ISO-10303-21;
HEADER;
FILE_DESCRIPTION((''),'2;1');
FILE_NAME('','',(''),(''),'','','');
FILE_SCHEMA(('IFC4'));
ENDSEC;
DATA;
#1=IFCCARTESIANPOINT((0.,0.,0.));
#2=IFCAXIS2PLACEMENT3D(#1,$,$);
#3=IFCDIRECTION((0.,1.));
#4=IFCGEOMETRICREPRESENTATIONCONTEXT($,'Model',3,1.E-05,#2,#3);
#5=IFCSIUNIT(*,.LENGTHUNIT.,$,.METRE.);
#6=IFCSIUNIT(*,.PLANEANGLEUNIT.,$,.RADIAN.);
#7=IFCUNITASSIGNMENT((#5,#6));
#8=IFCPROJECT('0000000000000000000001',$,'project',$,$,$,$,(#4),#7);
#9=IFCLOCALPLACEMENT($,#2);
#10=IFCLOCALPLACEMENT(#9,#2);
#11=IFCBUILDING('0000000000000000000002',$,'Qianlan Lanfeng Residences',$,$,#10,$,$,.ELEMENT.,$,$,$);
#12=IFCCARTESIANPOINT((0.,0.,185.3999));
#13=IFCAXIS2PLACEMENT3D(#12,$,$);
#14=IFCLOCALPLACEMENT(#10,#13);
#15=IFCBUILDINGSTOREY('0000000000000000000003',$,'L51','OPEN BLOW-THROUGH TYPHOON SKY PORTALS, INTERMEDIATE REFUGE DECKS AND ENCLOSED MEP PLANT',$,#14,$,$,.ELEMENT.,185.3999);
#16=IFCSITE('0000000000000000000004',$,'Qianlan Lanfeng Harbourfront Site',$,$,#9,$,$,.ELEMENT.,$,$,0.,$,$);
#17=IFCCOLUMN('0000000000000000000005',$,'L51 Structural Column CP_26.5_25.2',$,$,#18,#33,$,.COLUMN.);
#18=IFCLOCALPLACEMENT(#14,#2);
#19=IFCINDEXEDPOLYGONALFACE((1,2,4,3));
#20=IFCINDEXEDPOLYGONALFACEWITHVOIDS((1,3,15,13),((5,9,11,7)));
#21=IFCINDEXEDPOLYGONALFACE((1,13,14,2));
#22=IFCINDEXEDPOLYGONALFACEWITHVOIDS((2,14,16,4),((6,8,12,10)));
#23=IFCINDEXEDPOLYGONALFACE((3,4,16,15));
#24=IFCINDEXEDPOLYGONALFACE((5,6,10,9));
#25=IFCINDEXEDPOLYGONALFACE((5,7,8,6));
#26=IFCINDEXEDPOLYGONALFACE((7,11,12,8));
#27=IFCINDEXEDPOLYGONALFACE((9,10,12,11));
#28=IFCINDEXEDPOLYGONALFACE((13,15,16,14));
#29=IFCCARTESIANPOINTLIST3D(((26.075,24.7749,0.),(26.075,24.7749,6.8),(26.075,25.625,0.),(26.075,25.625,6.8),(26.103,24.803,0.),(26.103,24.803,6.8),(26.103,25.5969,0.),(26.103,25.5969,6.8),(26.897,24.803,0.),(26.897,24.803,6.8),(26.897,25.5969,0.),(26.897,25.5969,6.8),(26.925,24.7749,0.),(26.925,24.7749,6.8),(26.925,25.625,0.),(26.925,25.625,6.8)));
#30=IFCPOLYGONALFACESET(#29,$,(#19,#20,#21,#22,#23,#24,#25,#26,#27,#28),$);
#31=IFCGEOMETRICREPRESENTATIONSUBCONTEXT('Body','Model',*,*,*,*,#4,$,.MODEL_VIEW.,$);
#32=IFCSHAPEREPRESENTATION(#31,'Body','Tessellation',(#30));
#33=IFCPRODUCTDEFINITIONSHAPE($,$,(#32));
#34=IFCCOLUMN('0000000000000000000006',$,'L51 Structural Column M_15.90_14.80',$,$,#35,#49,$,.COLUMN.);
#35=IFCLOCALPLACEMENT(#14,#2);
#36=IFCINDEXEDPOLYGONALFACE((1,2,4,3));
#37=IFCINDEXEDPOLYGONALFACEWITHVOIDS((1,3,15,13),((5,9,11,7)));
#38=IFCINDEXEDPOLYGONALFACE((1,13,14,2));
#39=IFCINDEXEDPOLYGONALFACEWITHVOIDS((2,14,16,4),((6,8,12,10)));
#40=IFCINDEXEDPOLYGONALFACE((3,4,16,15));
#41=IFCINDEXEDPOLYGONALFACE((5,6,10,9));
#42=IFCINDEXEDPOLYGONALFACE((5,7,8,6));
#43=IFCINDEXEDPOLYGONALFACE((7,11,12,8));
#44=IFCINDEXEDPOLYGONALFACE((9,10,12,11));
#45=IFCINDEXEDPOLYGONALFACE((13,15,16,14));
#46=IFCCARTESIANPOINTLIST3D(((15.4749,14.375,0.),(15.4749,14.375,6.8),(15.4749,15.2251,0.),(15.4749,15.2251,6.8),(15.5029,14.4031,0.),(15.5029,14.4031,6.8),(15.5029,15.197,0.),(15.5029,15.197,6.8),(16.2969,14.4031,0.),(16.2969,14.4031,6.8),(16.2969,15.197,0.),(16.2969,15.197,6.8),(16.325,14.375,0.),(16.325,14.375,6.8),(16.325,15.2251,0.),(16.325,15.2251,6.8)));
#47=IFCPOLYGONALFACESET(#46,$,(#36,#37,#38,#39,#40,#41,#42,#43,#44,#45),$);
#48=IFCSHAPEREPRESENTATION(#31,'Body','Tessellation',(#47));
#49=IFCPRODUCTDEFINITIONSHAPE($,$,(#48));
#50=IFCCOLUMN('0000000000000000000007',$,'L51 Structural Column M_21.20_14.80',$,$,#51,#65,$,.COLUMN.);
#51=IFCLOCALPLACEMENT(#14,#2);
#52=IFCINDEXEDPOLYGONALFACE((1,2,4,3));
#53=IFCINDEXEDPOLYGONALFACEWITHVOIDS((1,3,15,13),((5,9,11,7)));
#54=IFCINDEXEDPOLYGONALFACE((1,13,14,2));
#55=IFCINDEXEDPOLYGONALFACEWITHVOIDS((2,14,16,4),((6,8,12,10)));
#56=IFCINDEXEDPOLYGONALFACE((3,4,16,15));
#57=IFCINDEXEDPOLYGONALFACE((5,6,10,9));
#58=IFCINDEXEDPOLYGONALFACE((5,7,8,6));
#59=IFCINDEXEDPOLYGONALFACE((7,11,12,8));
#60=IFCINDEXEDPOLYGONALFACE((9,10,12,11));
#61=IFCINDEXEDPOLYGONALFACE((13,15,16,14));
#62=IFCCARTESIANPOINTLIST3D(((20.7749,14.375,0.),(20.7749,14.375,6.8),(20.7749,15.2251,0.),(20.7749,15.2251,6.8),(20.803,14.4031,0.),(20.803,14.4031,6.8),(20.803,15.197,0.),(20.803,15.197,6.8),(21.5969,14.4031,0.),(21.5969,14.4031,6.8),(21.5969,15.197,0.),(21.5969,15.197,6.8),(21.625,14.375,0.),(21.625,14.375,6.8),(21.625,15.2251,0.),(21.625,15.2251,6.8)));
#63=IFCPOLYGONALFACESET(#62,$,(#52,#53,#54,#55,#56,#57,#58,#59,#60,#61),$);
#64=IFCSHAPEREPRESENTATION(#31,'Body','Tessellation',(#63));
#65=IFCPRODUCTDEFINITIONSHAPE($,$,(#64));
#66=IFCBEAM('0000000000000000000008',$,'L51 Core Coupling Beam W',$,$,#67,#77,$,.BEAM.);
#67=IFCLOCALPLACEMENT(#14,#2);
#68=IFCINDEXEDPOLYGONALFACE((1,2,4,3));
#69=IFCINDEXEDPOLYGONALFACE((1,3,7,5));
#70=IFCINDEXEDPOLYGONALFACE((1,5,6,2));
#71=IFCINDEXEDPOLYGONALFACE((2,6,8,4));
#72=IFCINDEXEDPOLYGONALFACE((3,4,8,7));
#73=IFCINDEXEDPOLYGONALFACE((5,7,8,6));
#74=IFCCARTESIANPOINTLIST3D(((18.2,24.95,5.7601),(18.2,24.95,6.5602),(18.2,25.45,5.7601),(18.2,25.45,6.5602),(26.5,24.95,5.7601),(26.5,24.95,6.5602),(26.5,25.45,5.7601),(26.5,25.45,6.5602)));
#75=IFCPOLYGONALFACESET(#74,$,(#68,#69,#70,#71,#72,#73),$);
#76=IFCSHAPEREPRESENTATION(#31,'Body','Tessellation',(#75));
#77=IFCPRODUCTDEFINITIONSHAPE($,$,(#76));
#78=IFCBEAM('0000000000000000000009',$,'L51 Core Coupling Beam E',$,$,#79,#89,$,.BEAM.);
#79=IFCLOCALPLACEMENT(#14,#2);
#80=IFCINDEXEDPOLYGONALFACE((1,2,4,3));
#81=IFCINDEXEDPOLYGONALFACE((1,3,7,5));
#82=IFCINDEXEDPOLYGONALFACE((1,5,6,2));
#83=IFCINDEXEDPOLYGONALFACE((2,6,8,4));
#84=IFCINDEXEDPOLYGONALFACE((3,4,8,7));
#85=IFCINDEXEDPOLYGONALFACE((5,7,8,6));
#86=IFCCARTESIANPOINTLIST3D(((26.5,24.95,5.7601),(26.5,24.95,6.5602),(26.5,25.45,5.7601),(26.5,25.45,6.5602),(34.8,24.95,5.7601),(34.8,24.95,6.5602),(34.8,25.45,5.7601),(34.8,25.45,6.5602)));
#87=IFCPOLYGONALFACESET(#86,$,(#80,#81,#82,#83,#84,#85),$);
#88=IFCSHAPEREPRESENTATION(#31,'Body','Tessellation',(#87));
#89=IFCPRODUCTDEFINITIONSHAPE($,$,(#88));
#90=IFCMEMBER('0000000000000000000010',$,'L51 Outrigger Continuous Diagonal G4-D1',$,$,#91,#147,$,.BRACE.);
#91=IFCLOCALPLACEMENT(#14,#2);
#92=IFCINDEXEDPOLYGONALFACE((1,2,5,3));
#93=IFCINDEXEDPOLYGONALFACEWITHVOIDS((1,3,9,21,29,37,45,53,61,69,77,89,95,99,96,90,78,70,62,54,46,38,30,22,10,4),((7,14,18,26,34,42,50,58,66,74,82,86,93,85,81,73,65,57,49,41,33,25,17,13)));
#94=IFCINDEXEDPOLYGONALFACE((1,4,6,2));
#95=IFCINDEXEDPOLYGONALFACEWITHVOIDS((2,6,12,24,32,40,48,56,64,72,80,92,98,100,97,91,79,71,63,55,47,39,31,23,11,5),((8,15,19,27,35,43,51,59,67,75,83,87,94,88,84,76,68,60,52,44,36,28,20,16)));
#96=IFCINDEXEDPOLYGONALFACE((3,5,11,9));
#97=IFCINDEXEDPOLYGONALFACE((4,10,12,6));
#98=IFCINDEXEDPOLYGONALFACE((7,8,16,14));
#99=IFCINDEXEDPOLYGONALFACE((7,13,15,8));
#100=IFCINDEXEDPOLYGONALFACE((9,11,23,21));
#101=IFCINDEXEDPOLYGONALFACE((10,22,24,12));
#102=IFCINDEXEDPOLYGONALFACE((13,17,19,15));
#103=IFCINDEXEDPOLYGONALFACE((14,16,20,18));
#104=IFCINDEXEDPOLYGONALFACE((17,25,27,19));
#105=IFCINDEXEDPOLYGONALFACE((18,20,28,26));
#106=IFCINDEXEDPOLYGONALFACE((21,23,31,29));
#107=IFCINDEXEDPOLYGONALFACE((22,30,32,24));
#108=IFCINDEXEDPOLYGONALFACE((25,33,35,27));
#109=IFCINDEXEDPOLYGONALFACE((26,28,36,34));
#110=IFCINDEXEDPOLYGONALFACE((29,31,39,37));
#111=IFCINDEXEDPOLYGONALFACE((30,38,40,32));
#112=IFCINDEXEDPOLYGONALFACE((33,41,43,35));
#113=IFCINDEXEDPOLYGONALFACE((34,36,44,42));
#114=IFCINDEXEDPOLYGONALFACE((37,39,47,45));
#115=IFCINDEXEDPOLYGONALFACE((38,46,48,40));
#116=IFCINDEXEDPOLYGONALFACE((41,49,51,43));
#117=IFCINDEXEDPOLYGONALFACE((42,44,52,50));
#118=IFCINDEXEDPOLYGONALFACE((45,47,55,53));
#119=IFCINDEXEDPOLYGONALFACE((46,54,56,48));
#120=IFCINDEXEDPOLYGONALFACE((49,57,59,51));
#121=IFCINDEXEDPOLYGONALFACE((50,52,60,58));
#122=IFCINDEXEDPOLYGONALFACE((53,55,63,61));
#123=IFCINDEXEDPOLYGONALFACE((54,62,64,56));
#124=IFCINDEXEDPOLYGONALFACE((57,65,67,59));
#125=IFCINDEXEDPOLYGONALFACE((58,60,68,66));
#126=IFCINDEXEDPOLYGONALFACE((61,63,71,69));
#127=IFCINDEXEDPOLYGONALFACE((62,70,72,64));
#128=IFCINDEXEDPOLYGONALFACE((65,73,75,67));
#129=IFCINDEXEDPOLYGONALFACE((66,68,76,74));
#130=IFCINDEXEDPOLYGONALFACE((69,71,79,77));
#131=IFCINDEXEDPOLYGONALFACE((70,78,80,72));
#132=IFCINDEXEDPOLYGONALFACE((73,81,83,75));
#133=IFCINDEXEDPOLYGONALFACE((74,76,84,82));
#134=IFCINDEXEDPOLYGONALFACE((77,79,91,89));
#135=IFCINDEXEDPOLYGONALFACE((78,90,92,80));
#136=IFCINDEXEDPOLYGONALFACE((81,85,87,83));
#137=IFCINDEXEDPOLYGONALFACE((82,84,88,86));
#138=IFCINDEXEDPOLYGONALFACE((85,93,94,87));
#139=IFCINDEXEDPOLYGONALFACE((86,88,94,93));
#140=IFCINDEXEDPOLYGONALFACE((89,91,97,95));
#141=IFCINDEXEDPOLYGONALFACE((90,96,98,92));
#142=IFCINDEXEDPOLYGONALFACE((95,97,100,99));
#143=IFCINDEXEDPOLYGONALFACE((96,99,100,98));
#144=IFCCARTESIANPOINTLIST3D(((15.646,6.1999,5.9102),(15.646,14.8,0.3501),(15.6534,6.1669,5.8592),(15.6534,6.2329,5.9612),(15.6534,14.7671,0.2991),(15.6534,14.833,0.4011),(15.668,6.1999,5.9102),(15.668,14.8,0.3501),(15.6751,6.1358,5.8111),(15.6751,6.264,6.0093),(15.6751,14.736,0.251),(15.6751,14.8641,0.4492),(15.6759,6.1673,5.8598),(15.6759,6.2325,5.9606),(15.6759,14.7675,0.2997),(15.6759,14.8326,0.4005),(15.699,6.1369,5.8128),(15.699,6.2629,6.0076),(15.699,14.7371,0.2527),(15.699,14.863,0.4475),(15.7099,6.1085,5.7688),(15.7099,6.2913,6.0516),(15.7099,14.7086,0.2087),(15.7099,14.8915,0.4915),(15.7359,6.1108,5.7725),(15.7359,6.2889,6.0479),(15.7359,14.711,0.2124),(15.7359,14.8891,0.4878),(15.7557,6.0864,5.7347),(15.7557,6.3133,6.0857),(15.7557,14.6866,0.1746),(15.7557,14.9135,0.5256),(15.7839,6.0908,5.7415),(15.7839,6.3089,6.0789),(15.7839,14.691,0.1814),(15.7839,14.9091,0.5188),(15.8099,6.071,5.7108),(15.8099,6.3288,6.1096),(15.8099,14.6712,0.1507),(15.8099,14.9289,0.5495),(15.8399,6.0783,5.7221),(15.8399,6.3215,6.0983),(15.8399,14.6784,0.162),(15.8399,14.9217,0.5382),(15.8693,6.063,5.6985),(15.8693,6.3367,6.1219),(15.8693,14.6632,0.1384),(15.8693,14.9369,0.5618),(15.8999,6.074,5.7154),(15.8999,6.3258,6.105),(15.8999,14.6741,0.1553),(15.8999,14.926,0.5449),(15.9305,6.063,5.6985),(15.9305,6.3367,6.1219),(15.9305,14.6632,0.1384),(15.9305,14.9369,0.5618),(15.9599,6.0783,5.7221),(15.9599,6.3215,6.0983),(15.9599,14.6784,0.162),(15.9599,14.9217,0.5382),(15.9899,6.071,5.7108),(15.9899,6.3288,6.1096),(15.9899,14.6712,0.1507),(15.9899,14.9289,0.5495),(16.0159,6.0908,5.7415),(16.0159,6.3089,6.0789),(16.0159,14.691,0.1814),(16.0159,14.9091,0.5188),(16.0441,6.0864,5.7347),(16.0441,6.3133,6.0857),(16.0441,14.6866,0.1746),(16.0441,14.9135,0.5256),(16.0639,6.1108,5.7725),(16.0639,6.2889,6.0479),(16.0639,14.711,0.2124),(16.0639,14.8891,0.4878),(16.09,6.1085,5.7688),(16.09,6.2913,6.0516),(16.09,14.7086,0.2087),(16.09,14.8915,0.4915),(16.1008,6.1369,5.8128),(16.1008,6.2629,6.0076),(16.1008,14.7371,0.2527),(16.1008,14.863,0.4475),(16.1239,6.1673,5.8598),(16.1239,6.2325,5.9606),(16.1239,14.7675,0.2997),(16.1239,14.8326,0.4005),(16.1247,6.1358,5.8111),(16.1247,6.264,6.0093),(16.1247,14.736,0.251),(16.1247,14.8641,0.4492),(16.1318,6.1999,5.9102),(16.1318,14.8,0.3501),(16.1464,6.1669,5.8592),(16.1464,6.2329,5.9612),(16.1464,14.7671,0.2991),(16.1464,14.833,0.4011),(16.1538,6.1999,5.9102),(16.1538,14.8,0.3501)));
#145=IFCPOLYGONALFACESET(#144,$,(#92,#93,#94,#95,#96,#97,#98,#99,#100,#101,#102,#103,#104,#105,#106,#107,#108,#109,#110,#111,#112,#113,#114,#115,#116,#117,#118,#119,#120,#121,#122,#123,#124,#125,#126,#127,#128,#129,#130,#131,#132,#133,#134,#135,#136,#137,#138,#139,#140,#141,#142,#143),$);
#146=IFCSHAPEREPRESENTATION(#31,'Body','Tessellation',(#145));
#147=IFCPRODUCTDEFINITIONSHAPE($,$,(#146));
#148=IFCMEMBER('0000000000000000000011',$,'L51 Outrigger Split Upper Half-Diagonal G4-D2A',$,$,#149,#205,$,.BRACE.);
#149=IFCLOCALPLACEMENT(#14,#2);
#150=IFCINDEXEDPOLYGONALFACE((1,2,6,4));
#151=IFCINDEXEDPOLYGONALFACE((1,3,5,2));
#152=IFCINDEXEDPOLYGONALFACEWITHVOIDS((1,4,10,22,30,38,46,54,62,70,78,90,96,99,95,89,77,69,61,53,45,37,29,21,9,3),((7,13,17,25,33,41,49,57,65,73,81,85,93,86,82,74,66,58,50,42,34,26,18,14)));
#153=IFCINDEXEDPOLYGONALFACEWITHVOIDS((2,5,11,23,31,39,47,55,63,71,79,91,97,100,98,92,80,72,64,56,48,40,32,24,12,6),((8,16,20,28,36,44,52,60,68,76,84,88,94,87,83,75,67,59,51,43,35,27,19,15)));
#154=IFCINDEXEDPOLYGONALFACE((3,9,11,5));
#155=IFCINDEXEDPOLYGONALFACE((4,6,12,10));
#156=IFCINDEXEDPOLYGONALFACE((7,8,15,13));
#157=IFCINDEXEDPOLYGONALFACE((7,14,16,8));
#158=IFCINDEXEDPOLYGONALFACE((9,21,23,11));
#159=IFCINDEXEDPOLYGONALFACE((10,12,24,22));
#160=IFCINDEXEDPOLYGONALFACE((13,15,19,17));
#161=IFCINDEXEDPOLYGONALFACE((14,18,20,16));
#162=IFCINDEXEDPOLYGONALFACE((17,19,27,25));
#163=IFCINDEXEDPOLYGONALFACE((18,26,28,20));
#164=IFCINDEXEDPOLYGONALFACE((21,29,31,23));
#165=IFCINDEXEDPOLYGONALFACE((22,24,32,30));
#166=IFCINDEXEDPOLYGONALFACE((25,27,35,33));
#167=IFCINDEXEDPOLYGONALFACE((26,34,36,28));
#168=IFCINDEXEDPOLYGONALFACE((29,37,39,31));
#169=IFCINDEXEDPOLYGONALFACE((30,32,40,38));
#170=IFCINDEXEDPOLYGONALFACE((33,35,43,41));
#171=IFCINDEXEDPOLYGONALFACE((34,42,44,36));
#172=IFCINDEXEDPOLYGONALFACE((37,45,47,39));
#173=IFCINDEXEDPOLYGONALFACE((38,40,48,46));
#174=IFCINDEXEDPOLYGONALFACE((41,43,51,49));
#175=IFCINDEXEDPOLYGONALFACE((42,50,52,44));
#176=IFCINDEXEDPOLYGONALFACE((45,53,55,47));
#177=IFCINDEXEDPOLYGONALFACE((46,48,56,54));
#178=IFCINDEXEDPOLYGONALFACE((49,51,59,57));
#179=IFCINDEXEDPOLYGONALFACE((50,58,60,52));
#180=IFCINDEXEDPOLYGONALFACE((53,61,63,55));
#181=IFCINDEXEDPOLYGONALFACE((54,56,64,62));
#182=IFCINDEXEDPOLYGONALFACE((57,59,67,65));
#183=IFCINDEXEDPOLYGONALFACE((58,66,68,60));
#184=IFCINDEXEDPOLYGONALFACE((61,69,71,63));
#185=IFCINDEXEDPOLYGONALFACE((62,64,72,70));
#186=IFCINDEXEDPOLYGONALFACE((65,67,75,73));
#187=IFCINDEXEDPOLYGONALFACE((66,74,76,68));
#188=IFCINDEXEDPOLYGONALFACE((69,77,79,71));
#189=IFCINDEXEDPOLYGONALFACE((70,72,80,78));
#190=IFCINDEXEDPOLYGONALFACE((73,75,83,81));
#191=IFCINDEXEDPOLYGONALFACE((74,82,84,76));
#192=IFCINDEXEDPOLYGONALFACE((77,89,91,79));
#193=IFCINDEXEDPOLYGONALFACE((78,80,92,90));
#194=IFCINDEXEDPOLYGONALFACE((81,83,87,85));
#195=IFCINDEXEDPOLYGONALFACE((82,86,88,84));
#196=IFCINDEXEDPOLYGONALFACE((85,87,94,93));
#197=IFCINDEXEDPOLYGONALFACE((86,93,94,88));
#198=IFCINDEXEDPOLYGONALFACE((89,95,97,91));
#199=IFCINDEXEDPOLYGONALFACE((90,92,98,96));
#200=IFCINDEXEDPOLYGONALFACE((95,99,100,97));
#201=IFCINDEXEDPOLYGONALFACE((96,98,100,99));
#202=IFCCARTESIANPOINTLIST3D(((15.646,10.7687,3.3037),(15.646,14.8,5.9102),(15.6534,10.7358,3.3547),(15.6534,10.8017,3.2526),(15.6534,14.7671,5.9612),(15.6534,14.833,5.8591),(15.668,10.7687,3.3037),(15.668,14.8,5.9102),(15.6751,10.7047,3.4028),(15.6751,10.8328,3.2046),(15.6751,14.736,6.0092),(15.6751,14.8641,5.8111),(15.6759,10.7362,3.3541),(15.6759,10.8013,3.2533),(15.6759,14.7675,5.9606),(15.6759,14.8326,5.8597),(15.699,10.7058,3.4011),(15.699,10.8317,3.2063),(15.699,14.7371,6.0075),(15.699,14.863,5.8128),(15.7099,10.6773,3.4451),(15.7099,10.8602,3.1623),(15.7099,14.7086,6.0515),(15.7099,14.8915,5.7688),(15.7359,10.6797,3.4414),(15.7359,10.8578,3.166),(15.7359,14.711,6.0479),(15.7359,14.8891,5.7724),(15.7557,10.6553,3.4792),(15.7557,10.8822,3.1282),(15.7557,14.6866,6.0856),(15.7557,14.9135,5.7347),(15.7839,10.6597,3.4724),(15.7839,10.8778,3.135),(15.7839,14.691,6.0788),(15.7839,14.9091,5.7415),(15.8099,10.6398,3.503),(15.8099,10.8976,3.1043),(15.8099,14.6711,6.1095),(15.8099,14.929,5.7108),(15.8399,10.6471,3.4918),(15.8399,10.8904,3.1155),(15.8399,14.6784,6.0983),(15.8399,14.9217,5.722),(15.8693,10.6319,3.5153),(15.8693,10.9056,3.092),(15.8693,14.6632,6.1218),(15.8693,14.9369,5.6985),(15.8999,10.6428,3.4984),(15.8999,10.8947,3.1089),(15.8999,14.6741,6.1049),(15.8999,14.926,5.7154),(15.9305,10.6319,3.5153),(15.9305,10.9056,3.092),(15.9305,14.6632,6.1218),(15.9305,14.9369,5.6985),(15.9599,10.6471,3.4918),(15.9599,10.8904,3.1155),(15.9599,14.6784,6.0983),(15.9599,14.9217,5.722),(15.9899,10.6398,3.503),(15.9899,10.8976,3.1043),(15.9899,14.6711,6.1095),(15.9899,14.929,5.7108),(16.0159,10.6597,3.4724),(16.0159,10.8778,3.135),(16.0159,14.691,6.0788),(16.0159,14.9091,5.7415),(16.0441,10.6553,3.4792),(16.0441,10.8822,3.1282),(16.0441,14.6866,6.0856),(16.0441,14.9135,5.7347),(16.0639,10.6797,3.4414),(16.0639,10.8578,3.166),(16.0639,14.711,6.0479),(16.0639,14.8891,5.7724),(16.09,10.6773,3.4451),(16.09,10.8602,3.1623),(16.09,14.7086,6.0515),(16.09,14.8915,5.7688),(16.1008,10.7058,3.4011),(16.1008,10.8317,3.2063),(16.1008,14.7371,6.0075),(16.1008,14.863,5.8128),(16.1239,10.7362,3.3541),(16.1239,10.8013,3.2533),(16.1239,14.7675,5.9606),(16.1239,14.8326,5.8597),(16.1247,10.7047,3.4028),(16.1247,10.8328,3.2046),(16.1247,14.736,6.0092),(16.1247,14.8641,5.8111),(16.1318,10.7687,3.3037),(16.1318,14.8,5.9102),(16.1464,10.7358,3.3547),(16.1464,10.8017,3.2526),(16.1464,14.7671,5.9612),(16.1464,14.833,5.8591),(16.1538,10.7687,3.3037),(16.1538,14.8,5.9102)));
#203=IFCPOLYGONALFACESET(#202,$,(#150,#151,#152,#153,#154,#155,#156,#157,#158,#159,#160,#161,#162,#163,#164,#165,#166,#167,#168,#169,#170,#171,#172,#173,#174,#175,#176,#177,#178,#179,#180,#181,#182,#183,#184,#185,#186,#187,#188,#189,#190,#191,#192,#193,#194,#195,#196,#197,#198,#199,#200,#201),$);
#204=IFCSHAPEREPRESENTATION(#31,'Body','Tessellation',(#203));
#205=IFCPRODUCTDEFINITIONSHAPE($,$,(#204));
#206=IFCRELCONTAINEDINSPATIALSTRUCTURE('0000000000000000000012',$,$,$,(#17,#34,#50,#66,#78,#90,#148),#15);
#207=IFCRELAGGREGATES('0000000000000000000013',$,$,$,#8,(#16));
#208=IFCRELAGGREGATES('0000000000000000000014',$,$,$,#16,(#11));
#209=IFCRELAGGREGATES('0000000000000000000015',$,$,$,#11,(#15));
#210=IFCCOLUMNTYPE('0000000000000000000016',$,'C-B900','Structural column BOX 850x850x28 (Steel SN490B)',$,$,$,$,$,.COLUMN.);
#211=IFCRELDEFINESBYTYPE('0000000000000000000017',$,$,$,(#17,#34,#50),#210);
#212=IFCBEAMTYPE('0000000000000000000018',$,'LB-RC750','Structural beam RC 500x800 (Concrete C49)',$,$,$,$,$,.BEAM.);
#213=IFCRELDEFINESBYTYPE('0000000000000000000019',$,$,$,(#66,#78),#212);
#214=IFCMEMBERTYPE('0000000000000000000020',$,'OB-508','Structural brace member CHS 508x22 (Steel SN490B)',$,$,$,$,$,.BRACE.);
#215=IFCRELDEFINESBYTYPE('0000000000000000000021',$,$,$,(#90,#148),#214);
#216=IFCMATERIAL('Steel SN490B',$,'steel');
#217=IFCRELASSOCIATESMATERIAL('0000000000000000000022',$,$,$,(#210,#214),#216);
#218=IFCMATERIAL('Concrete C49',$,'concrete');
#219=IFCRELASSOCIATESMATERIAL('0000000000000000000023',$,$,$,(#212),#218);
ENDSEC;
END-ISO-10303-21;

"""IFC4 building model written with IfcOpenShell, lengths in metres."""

from ifc_helpers import new_model, si_unit, direction, frame, origin, origin_2d, place, context, subcontext, project, spatial, rectangle, hollow_rectangle, hollow_circle, extrude, material, material_profile, profile_set, type_object, element, save


model = new_model("IFC4")

# Units and contexts
model_context = context("Model", 3, precision=1e-05, world=origin(), true_north=direction((0.0, 1.0)))
body_context = subcontext(model_context, "Body", "Model", "MODEL_VIEW")
ifc_project = project(units=[si_unit("LENGTHUNIT", "METRE"), si_unit("PLANEANGLEUNIT", "RADIAN")], contexts=[model_context])

# Site, building, storey
site_placement = place(None, origin())
site = spatial("IfcSite", under=ifc_project, at=site_placement, Name="Qianlan Lanfeng Harbourfront Site", CompositionType="ELEMENT", RefElevation=0.0)
building_placement = place(site_placement, origin())
building = spatial("IfcBuilding", under=site, at=building_placement, Name="Qianlan Lanfeng Residences", CompositionType="ELEMENT")
storey_placement = place(building_placement, frame((0.0, 0.0, 185.3999)))
storey = spatial("IfcBuildingStorey", under=building, at=storey_placement, Name="L51", Description="OPEN BLOW-THROUGH TYPHOON SKY PORTALS, INTERMEDIATE REFUGE DECKS AND ENCLOSED MEP PLANT", CompositionType="ELEMENT", Elevation=185.3999)

# Columns
ifc_material_1 = material(Name="Steel SN490B", Category="steel")
ifc_material_profile_1 = material_profile(ifc_material_1, hollow_rectangle(XDim=0.8501, YDim=0.8501, WallThickness=0.0281, at=origin_2d()), Name="BOX 850x850x28")
ifc_profile_set_1 = profile_set([ifc_material_profile_1], Name="Steel SN490B")
column_type = type_object("IfcColumnType", Name="C-B900", Description="Structural column BOX 850x850x28 (Steel SN490B)", PredefinedType="COLUMN", material=ifc_profile_set_1)
for number, where, z_axis, x_axis, name in (
    (1, (26.5, 25.2, 0.0), (0.0, 0.0, 1.0), (1.0, 0.0, 0.0), "L51 Structural Column CP_26.5_25.2"),
    (2, (15.8999, 14.8, 0.0), (0.0, 0.0, 1.0), (1.0, 0.0, 0.0), "L51 Structural Column M_15.90_14.80"),
    (3, (21.2, 14.8, 0.0), (0.0, 0.0, 1.0), (1.0, 0.0, 0.0), "L51 Structural Column M_21.20_14.80"),
):
    element("IfcColumn", number, at=place(storey_placement, frame(where, z_axis=z_axis, x_axis=x_axis)), inside=storey, type_object=column_type, Name=name, PredefinedType="COLUMN", context=body_context, shape_type="SweptSolid", body=[
        extrude(hollow_rectangle(XDim=0.8501, YDim=0.8501, WallThickness=0.0281, at=origin_2d()), origin(), (0.0, 0.0, 1.0), 6.8),
    ])

# Beams
ifc_material_2 = material(Name="Concrete C49", Category="concrete")
ifc_material_profile_2 = material_profile(ifc_material_2, rectangle(XDim=0.5, YDim=0.8, at=origin_2d()), Name="RC 500x800")
ifc_profile_set_2 = profile_set([ifc_material_profile_2], Name="Concrete C49")
beam_type_1 = type_object("IfcBeamType", Name="LB-RC750", Description="Structural beam RC 500x800 (Concrete C49)", PredefinedType="BEAM", material=ifc_profile_set_2)
for number, where, z_axis, x_axis, name in (
    (4, (18.2, 25.2, 6.1602), (1.0, 0.0, 0.0), (0.0, 1.0, 0.0), "L51 Core Coupling Beam W"),
    (5, (26.5, 25.2, 6.1602), (1.0, 0.0, 0.0), (0.0, 1.0, 0.0), "L51 Core Coupling Beam E"),
):
    element("IfcBeam", number, at=place(storey_placement, frame(where, z_axis=z_axis, x_axis=x_axis)), inside=storey, type_object=beam_type_1, Name=name, PredefinedType="BEAM", context=body_context, shape_type="SweptSolid", body=[
        extrude(rectangle(XDim=0.5, YDim=0.8, at=origin_2d()), origin(), (0.0, 0.0, 1.0), 8.3),
    ])

# Members
ifc_material_profile_3 = material_profile(ifc_material_1, hollow_circle(Radius=0.2539, WallThickness=0.022, at=origin_2d()), Name="CHS 508x22")
ifc_profile_set_3 = profile_set([ifc_material_profile_3], Name="Steel SN490B")
member_type = type_object("IfcMemberType", Name="OB-508", Description="Structural brace member CHS 508x22 (Steel SN490B)", PredefinedType="BRACE", material=ifc_profile_set_3)
member_1_placement = place(storey_placement, frame((15.8999, 14.8, 0.3501), z_axis=(0.0, -0.83978, 0.542927), x_axis=(1.0, 0.0, 0.0)))
element("IfcMember", 6, at=member_1_placement, inside=storey, type_object=member_type, Name="L51 Outrigger Continuous Diagonal G4-D1", PredefinedType="BRACE", context=body_context, shape_type="SweptSolid", body=[
    extrude(hollow_circle(Radius=0.2539, WallThickness=0.022, at=origin_2d()), origin(), (0.0, 0.0, 1.0), 10.241),
])
member_2_placement = place(storey_placement, frame((15.8999, 14.8, 5.9102), z_axis=(0.0, -0.839761, -0.542956), x_axis=(1.0, 0.0, 0.0)))
element("IfcMember", 7, at=member_2_placement, inside=storey, type_object=member_type, Name="L51 Outrigger Split Upper Half-Diagonal G4-D2A", PredefinedType="BRACE", context=body_context, shape_type="SweptSolid", body=[
    extrude(hollow_circle(Radius=0.2539, WallThickness=0.022, at=origin_2d()), origin(), (0.0, 0.0, 1.0), 4.8005),
])

save(model, "model.ifc")
